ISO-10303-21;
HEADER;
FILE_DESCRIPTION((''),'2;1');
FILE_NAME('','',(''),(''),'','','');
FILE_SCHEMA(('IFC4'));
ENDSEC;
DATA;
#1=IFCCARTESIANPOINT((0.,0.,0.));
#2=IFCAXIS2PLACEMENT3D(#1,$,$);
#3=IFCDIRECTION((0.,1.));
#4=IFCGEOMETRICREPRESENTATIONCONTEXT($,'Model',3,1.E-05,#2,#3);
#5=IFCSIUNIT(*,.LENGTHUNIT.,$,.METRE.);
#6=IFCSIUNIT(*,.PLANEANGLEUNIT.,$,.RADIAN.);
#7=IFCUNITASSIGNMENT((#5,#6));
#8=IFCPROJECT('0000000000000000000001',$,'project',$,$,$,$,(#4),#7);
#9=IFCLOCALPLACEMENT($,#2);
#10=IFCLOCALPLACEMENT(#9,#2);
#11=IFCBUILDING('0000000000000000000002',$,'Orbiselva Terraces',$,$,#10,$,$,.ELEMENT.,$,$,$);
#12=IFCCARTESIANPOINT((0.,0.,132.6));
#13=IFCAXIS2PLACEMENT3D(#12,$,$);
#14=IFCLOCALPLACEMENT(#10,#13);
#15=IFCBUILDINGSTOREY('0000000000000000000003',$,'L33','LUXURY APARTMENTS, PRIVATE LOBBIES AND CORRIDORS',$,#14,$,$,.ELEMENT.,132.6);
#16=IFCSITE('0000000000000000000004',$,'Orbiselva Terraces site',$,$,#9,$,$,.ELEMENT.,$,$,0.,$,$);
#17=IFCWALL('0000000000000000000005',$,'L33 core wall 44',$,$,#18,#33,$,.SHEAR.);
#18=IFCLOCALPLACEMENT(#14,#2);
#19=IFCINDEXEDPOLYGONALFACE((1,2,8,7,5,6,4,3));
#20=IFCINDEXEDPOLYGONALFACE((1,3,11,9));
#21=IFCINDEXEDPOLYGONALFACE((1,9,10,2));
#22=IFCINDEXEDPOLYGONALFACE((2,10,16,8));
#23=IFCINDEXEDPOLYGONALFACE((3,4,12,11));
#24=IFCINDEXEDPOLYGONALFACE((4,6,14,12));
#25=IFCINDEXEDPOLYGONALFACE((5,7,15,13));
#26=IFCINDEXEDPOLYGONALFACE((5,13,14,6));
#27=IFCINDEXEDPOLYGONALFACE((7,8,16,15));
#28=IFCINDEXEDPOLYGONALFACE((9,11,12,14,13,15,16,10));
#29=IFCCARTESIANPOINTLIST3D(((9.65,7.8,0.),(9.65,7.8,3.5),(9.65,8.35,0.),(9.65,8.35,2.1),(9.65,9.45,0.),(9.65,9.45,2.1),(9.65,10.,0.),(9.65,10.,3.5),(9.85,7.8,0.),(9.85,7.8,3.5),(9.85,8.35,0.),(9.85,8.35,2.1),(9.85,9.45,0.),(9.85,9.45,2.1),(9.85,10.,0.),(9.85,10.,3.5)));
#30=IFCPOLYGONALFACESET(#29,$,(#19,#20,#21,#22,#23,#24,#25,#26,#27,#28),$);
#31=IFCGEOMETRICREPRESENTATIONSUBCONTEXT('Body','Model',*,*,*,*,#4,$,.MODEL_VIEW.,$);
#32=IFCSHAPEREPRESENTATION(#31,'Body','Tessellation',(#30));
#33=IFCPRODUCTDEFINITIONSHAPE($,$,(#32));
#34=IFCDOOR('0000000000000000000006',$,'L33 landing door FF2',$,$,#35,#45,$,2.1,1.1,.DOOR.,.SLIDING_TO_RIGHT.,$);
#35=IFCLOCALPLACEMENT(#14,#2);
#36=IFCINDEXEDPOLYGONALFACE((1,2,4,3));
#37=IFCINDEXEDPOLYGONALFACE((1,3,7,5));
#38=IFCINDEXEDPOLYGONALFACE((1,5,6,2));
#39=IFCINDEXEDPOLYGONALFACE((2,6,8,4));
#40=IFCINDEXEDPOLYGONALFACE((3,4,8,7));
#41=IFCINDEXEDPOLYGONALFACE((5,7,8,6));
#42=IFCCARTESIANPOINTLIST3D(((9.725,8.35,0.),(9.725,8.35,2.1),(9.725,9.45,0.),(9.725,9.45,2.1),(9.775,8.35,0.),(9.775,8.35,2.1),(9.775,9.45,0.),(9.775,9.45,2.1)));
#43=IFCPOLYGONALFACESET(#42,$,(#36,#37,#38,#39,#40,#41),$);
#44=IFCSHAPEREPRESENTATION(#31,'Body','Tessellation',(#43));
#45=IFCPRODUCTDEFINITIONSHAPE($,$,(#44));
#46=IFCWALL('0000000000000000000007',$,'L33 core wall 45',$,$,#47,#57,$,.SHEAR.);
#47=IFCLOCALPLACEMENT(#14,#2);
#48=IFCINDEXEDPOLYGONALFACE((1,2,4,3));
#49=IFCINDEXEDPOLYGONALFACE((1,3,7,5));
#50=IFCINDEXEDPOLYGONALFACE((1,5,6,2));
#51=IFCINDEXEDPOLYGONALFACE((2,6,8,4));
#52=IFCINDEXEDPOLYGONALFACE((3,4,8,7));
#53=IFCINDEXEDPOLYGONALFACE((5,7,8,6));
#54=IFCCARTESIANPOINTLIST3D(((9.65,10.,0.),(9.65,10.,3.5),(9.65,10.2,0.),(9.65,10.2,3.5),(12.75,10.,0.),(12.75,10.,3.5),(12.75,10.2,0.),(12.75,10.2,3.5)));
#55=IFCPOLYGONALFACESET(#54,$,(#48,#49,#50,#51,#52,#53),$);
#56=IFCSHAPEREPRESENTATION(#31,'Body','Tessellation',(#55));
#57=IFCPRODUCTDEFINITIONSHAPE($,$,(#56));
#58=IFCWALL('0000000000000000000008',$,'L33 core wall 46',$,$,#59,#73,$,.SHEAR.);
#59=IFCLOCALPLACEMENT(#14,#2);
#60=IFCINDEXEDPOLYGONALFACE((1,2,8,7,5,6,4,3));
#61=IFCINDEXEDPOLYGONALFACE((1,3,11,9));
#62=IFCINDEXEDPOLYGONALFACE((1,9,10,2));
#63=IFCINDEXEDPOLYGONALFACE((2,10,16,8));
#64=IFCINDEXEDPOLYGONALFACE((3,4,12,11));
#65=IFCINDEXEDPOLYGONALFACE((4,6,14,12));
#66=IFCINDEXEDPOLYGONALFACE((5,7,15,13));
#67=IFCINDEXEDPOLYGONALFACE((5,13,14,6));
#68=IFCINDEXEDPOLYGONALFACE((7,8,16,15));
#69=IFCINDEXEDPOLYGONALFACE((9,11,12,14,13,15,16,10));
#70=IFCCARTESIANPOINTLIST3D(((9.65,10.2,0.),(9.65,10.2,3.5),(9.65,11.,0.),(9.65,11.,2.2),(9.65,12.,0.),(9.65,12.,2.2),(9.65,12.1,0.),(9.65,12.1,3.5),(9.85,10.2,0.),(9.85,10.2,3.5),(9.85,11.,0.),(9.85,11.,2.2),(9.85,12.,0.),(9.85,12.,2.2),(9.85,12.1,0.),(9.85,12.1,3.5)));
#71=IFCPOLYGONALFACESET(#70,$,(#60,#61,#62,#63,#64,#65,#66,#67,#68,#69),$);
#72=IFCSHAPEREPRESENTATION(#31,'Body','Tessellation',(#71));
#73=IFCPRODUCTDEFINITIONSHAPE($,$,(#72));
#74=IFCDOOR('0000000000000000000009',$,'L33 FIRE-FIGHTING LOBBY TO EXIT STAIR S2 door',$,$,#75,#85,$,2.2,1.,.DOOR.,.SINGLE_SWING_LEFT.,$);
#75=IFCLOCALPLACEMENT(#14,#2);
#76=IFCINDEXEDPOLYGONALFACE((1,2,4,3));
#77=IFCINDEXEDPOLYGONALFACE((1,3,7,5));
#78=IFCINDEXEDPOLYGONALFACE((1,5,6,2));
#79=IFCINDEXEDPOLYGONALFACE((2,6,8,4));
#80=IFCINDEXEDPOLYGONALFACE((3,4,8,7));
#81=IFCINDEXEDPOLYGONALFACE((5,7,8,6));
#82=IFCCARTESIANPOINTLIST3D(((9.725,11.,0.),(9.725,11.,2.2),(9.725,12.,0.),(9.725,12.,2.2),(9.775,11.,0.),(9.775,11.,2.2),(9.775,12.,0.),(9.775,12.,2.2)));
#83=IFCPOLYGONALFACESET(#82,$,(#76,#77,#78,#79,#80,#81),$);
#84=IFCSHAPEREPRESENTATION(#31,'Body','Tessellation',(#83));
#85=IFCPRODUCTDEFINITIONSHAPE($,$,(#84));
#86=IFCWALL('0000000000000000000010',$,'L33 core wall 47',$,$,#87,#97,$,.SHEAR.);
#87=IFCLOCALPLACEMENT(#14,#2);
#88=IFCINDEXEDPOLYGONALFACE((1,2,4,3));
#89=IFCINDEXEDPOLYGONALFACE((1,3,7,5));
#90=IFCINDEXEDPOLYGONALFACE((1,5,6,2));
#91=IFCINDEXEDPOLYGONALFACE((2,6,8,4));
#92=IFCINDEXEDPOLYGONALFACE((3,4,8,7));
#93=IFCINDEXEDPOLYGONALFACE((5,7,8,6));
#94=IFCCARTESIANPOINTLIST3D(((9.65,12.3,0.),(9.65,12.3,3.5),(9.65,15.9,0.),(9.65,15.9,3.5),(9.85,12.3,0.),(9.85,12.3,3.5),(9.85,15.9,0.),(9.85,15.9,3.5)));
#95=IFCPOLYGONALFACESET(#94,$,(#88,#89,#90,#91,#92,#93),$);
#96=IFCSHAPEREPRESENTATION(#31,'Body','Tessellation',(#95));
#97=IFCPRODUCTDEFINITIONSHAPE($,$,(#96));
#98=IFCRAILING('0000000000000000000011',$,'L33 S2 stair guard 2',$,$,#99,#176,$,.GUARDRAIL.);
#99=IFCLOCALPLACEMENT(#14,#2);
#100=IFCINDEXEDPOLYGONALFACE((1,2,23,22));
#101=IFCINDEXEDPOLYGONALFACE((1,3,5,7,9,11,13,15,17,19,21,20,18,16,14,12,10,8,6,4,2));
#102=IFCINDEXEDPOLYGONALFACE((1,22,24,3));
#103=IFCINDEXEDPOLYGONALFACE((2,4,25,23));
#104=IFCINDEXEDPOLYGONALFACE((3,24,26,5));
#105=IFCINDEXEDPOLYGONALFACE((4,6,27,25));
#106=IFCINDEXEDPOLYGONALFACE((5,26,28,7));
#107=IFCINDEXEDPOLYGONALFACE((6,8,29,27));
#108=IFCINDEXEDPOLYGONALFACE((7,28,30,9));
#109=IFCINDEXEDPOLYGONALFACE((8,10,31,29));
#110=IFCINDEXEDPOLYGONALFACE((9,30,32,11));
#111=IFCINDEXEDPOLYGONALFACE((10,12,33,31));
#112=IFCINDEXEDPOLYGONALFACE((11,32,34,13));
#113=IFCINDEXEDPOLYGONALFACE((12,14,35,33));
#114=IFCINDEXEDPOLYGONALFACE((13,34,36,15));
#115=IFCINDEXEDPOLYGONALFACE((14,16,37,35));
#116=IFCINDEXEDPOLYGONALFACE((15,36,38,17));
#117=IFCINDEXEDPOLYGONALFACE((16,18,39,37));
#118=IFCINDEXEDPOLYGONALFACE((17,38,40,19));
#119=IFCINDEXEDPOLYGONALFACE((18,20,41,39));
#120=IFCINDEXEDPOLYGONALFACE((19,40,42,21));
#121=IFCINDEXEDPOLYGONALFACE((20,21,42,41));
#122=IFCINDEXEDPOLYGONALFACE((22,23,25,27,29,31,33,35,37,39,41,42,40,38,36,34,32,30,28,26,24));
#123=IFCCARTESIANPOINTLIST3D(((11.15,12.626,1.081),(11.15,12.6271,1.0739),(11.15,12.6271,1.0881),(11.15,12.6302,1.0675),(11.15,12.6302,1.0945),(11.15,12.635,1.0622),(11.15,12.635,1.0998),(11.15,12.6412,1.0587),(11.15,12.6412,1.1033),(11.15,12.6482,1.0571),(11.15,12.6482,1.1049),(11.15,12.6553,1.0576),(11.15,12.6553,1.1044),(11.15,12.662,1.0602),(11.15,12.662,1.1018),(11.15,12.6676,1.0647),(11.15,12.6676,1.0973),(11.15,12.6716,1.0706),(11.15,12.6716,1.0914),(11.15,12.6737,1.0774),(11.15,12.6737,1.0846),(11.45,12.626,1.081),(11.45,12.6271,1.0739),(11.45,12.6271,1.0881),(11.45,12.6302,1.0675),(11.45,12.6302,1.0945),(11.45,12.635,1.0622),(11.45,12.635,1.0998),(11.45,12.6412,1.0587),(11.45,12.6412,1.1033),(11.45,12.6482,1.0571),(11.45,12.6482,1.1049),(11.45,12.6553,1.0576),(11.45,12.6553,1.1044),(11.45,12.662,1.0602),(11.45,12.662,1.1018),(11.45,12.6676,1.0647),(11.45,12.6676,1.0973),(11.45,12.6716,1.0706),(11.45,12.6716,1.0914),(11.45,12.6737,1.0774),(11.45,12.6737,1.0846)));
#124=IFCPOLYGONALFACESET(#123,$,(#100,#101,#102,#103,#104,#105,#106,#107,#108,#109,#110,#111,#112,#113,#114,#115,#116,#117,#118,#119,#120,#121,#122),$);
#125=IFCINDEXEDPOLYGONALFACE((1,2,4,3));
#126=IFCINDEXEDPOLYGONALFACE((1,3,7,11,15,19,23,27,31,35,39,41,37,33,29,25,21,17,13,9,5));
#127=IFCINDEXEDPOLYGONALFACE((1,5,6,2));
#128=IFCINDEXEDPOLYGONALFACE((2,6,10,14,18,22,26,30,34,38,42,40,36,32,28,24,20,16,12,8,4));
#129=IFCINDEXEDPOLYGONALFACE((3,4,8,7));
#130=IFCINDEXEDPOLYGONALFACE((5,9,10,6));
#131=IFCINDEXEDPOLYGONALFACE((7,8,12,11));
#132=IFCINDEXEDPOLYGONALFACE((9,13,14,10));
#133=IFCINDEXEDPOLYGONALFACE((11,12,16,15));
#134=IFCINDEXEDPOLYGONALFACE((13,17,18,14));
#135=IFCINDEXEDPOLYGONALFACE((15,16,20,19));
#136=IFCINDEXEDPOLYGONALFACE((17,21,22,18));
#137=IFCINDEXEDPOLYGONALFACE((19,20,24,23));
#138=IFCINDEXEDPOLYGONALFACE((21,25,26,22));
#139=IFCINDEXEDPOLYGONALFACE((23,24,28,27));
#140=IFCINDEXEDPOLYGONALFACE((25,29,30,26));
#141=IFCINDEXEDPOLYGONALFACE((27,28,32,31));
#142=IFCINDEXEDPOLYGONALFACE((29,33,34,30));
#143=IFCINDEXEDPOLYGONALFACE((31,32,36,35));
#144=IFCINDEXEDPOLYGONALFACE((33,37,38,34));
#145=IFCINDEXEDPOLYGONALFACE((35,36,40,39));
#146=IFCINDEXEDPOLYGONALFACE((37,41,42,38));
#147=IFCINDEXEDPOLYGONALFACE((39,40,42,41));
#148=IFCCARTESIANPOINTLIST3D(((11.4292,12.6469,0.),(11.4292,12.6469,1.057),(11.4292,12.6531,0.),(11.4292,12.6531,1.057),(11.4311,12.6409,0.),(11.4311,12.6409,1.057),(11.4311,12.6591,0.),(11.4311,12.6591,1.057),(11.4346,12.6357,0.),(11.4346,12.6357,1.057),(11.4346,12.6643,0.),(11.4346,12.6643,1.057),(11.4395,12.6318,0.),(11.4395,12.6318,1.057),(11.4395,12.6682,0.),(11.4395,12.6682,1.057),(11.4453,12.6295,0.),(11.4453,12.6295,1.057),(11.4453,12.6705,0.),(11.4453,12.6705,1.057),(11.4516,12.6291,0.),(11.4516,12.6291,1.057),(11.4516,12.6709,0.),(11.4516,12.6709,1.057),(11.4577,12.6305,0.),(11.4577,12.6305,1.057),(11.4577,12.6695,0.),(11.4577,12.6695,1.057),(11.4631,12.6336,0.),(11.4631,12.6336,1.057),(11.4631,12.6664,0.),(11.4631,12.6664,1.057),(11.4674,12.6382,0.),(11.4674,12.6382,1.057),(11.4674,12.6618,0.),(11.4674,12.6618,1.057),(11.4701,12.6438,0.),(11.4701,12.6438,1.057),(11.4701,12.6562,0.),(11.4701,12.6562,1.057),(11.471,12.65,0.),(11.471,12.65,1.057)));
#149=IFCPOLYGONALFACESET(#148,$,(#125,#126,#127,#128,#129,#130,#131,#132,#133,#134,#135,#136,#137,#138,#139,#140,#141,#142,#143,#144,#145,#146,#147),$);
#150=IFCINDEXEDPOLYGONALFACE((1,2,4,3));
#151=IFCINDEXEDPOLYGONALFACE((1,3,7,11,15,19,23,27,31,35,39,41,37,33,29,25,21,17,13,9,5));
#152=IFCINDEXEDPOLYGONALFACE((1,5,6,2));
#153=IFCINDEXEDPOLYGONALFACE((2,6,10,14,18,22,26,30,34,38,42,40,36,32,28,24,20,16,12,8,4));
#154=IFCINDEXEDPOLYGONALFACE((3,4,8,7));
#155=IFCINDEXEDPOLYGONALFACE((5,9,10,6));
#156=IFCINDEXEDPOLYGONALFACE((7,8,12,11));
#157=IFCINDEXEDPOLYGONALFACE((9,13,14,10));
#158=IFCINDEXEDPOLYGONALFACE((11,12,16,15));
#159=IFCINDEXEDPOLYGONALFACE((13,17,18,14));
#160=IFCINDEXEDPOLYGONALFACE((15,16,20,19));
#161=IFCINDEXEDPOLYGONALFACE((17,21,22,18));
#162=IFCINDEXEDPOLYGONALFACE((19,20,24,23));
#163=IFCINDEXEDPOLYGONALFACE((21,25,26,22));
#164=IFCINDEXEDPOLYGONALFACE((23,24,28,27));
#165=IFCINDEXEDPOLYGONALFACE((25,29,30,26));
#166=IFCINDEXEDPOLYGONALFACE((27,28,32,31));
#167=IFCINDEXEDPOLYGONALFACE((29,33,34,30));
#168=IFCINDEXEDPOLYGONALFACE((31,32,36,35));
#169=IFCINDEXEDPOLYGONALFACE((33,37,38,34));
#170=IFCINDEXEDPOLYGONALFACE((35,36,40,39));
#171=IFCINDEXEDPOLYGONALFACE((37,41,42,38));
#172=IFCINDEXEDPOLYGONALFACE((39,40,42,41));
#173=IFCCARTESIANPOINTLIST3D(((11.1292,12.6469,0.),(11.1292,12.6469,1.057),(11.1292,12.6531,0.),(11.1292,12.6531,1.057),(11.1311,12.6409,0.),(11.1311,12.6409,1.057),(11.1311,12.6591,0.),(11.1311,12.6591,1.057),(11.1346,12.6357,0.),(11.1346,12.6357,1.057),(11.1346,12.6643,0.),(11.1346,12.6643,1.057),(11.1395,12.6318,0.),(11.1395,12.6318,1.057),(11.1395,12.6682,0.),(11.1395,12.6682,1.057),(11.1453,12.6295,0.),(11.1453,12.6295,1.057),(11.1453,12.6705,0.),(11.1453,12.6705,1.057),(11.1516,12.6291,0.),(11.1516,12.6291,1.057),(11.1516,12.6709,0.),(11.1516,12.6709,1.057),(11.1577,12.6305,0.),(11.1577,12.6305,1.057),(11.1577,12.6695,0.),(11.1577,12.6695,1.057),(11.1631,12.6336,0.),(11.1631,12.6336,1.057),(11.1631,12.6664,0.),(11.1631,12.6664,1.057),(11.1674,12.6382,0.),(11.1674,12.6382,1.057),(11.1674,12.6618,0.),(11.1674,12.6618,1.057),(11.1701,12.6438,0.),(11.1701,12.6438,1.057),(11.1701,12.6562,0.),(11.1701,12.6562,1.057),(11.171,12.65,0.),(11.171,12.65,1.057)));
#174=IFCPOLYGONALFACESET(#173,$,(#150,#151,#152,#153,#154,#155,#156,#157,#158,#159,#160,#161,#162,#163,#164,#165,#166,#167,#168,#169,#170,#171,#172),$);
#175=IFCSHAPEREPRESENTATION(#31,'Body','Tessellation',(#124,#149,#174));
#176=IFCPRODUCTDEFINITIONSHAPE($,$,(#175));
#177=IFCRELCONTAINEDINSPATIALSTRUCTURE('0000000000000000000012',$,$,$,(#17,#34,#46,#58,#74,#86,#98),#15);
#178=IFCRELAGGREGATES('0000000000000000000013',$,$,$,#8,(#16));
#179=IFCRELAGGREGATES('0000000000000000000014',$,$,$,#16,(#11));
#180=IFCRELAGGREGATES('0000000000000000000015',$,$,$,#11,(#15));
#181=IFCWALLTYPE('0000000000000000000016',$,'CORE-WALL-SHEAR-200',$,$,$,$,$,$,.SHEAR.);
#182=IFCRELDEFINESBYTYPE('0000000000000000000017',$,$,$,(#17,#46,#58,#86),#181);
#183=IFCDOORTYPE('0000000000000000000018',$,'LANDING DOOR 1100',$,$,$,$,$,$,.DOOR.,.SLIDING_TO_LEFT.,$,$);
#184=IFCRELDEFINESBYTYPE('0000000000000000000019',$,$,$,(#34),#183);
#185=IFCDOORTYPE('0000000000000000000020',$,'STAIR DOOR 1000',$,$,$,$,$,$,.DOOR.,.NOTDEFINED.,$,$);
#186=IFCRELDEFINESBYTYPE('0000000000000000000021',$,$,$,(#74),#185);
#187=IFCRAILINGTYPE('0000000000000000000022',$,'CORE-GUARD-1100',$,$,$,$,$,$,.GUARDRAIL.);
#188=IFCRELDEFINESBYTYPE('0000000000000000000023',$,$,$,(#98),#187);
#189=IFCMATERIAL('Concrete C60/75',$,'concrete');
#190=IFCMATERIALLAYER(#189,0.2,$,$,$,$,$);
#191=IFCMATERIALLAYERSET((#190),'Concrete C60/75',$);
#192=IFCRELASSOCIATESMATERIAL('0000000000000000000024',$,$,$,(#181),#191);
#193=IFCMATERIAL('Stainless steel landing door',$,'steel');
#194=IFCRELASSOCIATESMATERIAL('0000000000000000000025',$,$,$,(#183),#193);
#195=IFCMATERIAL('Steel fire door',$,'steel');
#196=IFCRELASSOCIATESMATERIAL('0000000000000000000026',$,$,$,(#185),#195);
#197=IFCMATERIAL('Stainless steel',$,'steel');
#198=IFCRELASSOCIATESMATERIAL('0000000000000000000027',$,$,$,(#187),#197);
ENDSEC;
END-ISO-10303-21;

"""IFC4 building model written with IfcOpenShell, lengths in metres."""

from ifc_helpers import new_model, si_unit, direction, frame, frame_2d, origin, origin_2d, place, context, subcontext, project, spatial, rectangle, circle, extrude, material, layer, layer_set, type_object, element, fill, save


model = new_model("IFC4")

# Units and contexts
model_context = context("Model", 3, precision=1e-05, world=origin(), true_north=direction((0.0, 1.0)))
body_context = subcontext(model_context, "Body", "Model", "MODEL_VIEW")
ifc_project = project(units=[si_unit("LENGTHUNIT", "METRE"), si_unit("PLANEANGLEUNIT", "RADIAN")], contexts=[model_context])

# Site, building, storey
site_placement = place(None, origin())
site = spatial("IfcSite", under=ifc_project, at=site_placement, Name="Orbiselva Terraces site", CompositionType="ELEMENT", RefElevation=0.0)
building_placement = place(site_placement, origin())
building = spatial("IfcBuilding", under=site, at=building_placement, Name="Orbiselva Terraces", CompositionType="ELEMENT")
storey_placement = place(building_placement, frame((0.0, 0.0, 132.6)))
storey = spatial("IfcBuildingStorey", under=building, at=storey_placement, Name="L33", Description="LUXURY APARTMENTS, PRIVATE LOBBIES AND CORRIDORS", CompositionType="ELEMENT", Elevation=132.6)

# Shared definitions
ifc_material_1 = material(Name="Concrete C60/75", Category="concrete")
ifc_layer_1 = layer(ifc_material_1, 0.2)
ifc_layer_set_1 = layer_set([ifc_layer_1], Name="Concrete C60/75")
wall_type_1 = type_object("IfcWallType", Name="CORE-WALL-SHEAR-200", PredefinedType="SHEAR", material=ifc_layer_set_1)
ifc_material_2 = material(Name="Steel fire door", Category="steel")

# Shared definitions
ifc_material_3 = material(Name="Stainless steel landing door", Category="steel")
door_type_1 = type_object("IfcDoorType", Name="LANDING DOOR 1100", OperationType="SLIDING_TO_LEFT", PredefinedType="DOOR", material=ifc_material_3)

# Wall, opening, door
wall_1_placement = place(storey_placement, frame((9.75, 7.8, 0.0), z_axis=(0.0, 0.0, 1.0), x_axis=(0.0, 1.0, 0.0)))
wall_1 = element("IfcWall", 1, at=wall_1_placement, inside=storey, type_object=wall_type_1, Name="L33 core wall 44", PredefinedType="SHEAR", context=body_context, shape_type="SweptSolid", body=[
    extrude(rectangle(XDim=2.2, YDim=0.2, at=frame_2d((1.1, 0.0))), origin(), (0.0, 0.0, 1.0), 3.5),
])
opening_1_placement = place(wall_1_placement, frame((0.55, 0.0, 0.0)))
opening_1 = element("IfcOpeningElement", 2, at=opening_1_placement, cuts=wall_1, PredefinedType="OPENING", context=body_context, shape_type="SweptSolid", body=[
    extrude(rectangle(XDim=1.1, YDim=2.1, at=frame_2d((0.55, 1.05))), frame((0.0, 0.11, 0.0), z_axis=(0.0, -1.0, 0.0), x_axis=(1.0, 0.0, 0.0)), (0.0, 0.0, 1.0), 0.22),
])
door_1_placement = place(opening_1_placement, origin())
door_1 = element("IfcDoor", 3, at=door_1_placement, inside=storey, type_object=door_type_1, Name="L33 landing door FF2", OperationType="SLIDING_TO_RIGHT", OverallHeight=2.1, OverallWidth=1.1, PredefinedType="DOOR", context=body_context, shape_type="SweptSolid", body=[
    extrude(rectangle(XDim=1.1, YDim=2.1, at=frame_2d((0.55, 1.05))), frame((0.0, 0.025, 0.0), z_axis=(0.0, -1.0, 0.0), x_axis=(1.0, 0.0, 0.0)), (0.0, 0.0, 1.0), 0.05),
])
fill(opening_1, door_1)

# Wall
wall_2_placement = place(storey_placement, frame((9.65, 10.1, 0.0), z_axis=(0.0, 0.0, 1.0), x_axis=(1.0, 0.0, 0.0)))
element("IfcWall", 4, at=wall_2_placement, inside=storey, type_object=wall_type_1, Name="L33 core wall 45", PredefinedType="SHEAR", context=body_context, shape_type="SweptSolid", body=[
    extrude(rectangle(XDim=3.1, YDim=0.2, at=frame_2d((1.55, 0.0))), origin(), (0.0, 0.0, 1.0), 3.5),
])

# Wall, opening, door
wall_3_placement = place(storey_placement, frame((9.75, 12.1, 0.0), z_axis=(0.0, 0.0, 1.0), x_axis=(0.0, -1.0, 0.0)))
wall_3 = element("IfcWall", 5, at=wall_3_placement, inside=storey, type_object=wall_type_1, Name="L33 core wall 46", PredefinedType="SHEAR", context=body_context, shape_type="SweptSolid", body=[
    extrude(rectangle(XDim=1.9, YDim=0.2, at=frame_2d((0.95, 0.0))), origin(), (0.0, 0.0, 1.0), 3.5),
])
opening_2_placement = place(wall_3_placement, frame((0.1, 0.0, 0.0)))
opening_2 = element("IfcOpeningElement", 6, at=opening_2_placement, cuts=wall_3, PredefinedType="OPENING", context=body_context, shape_type="SweptSolid", body=[
    extrude(rectangle(XDim=1.0, YDim=2.2, at=frame_2d((0.5, 1.1))), frame((0.0, 0.11, 0.0), z_axis=(0.0, -1.0, 0.0), x_axis=(1.0, 0.0, 0.0)), (0.0, 0.0, 1.0), 0.22),
])
door_type_2 = type_object("IfcDoorType", Name="STAIR DOOR 1000", OperationType="NOTDEFINED", PredefinedType="DOOR", material=ifc_material_2)
door_2_placement = place(opening_2_placement, origin())
door_2 = element("IfcDoor", 7, at=door_2_placement, inside=storey, type_object=door_type_2, Name="L33 FIRE-FIGHTING LOBBY TO EXIT STAIR S2 door", OperationType="SINGLE_SWING_LEFT", OverallHeight=2.2, OverallWidth=1.0, PredefinedType="DOOR", context=body_context, shape_type="SweptSolid", body=[
    extrude(rectangle(XDim=1.0, YDim=2.2, at=frame_2d((0.5, 1.1))), frame((0.0, 0.025, 0.0), z_axis=(0.0, -1.0, 0.0), x_axis=(1.0, 0.0, 0.0)), (0.0, 0.0, 1.0), 0.05),
])
fill(opening_2, door_2)

# Wall
wall_4_placement = place(storey_placement, frame((9.75, 12.3, 0.0), z_axis=(0.0, 0.0, 1.0), x_axis=(0.0, 1.0, 0.0)))
element("IfcWall", 8, at=wall_4_placement, inside=storey, type_object=wall_type_1, Name="L33 core wall 47", PredefinedType="SHEAR", context=body_context, shape_type="SweptSolid", body=[
    extrude(rectangle(XDim=3.6, YDim=0.2, at=frame_2d((1.8, 0.0))), origin(), (0.0, 0.0, 1.0), 3.5),
])

# Railing
ifc_material_4 = material(Name="Stainless steel", Category="steel")
railing_type = type_object("IfcRailingType", Name="CORE-GUARD-1100", PredefinedType="GUARDRAIL", material=ifc_material_4)
railing_1_placement = place(storey_placement, frame((11.45, 12.65, 0.0)))
element("IfcRailing", 9, at=railing_1_placement, inside=storey, type_object=railing_type, Name="L33 S2 stair guard 2", PredefinedType="GUARDRAIL", context=body_context, shape_type="SweptSolid", body=[
    extrude(circle(Radius=0.024, at=origin_2d()), frame((0.0, 0.0, 1.081), z_axis=(-1.0, 0.0, 0.0), x_axis=(0.0, -1.0, 0.0)), (0.0, 0.0, 1.0), 0.3),
    extrude(circle(Radius=0.021, at=origin_2d()), origin(), (0.0, 0.0, 1.0), 1.057),
    extrude(circle(Radius=0.021, at=origin_2d()), frame((-0.3, 0.0, 0.0)), (0.0, 0.0, 1.0), 1.057),
])

save(model, "model.ifc")
